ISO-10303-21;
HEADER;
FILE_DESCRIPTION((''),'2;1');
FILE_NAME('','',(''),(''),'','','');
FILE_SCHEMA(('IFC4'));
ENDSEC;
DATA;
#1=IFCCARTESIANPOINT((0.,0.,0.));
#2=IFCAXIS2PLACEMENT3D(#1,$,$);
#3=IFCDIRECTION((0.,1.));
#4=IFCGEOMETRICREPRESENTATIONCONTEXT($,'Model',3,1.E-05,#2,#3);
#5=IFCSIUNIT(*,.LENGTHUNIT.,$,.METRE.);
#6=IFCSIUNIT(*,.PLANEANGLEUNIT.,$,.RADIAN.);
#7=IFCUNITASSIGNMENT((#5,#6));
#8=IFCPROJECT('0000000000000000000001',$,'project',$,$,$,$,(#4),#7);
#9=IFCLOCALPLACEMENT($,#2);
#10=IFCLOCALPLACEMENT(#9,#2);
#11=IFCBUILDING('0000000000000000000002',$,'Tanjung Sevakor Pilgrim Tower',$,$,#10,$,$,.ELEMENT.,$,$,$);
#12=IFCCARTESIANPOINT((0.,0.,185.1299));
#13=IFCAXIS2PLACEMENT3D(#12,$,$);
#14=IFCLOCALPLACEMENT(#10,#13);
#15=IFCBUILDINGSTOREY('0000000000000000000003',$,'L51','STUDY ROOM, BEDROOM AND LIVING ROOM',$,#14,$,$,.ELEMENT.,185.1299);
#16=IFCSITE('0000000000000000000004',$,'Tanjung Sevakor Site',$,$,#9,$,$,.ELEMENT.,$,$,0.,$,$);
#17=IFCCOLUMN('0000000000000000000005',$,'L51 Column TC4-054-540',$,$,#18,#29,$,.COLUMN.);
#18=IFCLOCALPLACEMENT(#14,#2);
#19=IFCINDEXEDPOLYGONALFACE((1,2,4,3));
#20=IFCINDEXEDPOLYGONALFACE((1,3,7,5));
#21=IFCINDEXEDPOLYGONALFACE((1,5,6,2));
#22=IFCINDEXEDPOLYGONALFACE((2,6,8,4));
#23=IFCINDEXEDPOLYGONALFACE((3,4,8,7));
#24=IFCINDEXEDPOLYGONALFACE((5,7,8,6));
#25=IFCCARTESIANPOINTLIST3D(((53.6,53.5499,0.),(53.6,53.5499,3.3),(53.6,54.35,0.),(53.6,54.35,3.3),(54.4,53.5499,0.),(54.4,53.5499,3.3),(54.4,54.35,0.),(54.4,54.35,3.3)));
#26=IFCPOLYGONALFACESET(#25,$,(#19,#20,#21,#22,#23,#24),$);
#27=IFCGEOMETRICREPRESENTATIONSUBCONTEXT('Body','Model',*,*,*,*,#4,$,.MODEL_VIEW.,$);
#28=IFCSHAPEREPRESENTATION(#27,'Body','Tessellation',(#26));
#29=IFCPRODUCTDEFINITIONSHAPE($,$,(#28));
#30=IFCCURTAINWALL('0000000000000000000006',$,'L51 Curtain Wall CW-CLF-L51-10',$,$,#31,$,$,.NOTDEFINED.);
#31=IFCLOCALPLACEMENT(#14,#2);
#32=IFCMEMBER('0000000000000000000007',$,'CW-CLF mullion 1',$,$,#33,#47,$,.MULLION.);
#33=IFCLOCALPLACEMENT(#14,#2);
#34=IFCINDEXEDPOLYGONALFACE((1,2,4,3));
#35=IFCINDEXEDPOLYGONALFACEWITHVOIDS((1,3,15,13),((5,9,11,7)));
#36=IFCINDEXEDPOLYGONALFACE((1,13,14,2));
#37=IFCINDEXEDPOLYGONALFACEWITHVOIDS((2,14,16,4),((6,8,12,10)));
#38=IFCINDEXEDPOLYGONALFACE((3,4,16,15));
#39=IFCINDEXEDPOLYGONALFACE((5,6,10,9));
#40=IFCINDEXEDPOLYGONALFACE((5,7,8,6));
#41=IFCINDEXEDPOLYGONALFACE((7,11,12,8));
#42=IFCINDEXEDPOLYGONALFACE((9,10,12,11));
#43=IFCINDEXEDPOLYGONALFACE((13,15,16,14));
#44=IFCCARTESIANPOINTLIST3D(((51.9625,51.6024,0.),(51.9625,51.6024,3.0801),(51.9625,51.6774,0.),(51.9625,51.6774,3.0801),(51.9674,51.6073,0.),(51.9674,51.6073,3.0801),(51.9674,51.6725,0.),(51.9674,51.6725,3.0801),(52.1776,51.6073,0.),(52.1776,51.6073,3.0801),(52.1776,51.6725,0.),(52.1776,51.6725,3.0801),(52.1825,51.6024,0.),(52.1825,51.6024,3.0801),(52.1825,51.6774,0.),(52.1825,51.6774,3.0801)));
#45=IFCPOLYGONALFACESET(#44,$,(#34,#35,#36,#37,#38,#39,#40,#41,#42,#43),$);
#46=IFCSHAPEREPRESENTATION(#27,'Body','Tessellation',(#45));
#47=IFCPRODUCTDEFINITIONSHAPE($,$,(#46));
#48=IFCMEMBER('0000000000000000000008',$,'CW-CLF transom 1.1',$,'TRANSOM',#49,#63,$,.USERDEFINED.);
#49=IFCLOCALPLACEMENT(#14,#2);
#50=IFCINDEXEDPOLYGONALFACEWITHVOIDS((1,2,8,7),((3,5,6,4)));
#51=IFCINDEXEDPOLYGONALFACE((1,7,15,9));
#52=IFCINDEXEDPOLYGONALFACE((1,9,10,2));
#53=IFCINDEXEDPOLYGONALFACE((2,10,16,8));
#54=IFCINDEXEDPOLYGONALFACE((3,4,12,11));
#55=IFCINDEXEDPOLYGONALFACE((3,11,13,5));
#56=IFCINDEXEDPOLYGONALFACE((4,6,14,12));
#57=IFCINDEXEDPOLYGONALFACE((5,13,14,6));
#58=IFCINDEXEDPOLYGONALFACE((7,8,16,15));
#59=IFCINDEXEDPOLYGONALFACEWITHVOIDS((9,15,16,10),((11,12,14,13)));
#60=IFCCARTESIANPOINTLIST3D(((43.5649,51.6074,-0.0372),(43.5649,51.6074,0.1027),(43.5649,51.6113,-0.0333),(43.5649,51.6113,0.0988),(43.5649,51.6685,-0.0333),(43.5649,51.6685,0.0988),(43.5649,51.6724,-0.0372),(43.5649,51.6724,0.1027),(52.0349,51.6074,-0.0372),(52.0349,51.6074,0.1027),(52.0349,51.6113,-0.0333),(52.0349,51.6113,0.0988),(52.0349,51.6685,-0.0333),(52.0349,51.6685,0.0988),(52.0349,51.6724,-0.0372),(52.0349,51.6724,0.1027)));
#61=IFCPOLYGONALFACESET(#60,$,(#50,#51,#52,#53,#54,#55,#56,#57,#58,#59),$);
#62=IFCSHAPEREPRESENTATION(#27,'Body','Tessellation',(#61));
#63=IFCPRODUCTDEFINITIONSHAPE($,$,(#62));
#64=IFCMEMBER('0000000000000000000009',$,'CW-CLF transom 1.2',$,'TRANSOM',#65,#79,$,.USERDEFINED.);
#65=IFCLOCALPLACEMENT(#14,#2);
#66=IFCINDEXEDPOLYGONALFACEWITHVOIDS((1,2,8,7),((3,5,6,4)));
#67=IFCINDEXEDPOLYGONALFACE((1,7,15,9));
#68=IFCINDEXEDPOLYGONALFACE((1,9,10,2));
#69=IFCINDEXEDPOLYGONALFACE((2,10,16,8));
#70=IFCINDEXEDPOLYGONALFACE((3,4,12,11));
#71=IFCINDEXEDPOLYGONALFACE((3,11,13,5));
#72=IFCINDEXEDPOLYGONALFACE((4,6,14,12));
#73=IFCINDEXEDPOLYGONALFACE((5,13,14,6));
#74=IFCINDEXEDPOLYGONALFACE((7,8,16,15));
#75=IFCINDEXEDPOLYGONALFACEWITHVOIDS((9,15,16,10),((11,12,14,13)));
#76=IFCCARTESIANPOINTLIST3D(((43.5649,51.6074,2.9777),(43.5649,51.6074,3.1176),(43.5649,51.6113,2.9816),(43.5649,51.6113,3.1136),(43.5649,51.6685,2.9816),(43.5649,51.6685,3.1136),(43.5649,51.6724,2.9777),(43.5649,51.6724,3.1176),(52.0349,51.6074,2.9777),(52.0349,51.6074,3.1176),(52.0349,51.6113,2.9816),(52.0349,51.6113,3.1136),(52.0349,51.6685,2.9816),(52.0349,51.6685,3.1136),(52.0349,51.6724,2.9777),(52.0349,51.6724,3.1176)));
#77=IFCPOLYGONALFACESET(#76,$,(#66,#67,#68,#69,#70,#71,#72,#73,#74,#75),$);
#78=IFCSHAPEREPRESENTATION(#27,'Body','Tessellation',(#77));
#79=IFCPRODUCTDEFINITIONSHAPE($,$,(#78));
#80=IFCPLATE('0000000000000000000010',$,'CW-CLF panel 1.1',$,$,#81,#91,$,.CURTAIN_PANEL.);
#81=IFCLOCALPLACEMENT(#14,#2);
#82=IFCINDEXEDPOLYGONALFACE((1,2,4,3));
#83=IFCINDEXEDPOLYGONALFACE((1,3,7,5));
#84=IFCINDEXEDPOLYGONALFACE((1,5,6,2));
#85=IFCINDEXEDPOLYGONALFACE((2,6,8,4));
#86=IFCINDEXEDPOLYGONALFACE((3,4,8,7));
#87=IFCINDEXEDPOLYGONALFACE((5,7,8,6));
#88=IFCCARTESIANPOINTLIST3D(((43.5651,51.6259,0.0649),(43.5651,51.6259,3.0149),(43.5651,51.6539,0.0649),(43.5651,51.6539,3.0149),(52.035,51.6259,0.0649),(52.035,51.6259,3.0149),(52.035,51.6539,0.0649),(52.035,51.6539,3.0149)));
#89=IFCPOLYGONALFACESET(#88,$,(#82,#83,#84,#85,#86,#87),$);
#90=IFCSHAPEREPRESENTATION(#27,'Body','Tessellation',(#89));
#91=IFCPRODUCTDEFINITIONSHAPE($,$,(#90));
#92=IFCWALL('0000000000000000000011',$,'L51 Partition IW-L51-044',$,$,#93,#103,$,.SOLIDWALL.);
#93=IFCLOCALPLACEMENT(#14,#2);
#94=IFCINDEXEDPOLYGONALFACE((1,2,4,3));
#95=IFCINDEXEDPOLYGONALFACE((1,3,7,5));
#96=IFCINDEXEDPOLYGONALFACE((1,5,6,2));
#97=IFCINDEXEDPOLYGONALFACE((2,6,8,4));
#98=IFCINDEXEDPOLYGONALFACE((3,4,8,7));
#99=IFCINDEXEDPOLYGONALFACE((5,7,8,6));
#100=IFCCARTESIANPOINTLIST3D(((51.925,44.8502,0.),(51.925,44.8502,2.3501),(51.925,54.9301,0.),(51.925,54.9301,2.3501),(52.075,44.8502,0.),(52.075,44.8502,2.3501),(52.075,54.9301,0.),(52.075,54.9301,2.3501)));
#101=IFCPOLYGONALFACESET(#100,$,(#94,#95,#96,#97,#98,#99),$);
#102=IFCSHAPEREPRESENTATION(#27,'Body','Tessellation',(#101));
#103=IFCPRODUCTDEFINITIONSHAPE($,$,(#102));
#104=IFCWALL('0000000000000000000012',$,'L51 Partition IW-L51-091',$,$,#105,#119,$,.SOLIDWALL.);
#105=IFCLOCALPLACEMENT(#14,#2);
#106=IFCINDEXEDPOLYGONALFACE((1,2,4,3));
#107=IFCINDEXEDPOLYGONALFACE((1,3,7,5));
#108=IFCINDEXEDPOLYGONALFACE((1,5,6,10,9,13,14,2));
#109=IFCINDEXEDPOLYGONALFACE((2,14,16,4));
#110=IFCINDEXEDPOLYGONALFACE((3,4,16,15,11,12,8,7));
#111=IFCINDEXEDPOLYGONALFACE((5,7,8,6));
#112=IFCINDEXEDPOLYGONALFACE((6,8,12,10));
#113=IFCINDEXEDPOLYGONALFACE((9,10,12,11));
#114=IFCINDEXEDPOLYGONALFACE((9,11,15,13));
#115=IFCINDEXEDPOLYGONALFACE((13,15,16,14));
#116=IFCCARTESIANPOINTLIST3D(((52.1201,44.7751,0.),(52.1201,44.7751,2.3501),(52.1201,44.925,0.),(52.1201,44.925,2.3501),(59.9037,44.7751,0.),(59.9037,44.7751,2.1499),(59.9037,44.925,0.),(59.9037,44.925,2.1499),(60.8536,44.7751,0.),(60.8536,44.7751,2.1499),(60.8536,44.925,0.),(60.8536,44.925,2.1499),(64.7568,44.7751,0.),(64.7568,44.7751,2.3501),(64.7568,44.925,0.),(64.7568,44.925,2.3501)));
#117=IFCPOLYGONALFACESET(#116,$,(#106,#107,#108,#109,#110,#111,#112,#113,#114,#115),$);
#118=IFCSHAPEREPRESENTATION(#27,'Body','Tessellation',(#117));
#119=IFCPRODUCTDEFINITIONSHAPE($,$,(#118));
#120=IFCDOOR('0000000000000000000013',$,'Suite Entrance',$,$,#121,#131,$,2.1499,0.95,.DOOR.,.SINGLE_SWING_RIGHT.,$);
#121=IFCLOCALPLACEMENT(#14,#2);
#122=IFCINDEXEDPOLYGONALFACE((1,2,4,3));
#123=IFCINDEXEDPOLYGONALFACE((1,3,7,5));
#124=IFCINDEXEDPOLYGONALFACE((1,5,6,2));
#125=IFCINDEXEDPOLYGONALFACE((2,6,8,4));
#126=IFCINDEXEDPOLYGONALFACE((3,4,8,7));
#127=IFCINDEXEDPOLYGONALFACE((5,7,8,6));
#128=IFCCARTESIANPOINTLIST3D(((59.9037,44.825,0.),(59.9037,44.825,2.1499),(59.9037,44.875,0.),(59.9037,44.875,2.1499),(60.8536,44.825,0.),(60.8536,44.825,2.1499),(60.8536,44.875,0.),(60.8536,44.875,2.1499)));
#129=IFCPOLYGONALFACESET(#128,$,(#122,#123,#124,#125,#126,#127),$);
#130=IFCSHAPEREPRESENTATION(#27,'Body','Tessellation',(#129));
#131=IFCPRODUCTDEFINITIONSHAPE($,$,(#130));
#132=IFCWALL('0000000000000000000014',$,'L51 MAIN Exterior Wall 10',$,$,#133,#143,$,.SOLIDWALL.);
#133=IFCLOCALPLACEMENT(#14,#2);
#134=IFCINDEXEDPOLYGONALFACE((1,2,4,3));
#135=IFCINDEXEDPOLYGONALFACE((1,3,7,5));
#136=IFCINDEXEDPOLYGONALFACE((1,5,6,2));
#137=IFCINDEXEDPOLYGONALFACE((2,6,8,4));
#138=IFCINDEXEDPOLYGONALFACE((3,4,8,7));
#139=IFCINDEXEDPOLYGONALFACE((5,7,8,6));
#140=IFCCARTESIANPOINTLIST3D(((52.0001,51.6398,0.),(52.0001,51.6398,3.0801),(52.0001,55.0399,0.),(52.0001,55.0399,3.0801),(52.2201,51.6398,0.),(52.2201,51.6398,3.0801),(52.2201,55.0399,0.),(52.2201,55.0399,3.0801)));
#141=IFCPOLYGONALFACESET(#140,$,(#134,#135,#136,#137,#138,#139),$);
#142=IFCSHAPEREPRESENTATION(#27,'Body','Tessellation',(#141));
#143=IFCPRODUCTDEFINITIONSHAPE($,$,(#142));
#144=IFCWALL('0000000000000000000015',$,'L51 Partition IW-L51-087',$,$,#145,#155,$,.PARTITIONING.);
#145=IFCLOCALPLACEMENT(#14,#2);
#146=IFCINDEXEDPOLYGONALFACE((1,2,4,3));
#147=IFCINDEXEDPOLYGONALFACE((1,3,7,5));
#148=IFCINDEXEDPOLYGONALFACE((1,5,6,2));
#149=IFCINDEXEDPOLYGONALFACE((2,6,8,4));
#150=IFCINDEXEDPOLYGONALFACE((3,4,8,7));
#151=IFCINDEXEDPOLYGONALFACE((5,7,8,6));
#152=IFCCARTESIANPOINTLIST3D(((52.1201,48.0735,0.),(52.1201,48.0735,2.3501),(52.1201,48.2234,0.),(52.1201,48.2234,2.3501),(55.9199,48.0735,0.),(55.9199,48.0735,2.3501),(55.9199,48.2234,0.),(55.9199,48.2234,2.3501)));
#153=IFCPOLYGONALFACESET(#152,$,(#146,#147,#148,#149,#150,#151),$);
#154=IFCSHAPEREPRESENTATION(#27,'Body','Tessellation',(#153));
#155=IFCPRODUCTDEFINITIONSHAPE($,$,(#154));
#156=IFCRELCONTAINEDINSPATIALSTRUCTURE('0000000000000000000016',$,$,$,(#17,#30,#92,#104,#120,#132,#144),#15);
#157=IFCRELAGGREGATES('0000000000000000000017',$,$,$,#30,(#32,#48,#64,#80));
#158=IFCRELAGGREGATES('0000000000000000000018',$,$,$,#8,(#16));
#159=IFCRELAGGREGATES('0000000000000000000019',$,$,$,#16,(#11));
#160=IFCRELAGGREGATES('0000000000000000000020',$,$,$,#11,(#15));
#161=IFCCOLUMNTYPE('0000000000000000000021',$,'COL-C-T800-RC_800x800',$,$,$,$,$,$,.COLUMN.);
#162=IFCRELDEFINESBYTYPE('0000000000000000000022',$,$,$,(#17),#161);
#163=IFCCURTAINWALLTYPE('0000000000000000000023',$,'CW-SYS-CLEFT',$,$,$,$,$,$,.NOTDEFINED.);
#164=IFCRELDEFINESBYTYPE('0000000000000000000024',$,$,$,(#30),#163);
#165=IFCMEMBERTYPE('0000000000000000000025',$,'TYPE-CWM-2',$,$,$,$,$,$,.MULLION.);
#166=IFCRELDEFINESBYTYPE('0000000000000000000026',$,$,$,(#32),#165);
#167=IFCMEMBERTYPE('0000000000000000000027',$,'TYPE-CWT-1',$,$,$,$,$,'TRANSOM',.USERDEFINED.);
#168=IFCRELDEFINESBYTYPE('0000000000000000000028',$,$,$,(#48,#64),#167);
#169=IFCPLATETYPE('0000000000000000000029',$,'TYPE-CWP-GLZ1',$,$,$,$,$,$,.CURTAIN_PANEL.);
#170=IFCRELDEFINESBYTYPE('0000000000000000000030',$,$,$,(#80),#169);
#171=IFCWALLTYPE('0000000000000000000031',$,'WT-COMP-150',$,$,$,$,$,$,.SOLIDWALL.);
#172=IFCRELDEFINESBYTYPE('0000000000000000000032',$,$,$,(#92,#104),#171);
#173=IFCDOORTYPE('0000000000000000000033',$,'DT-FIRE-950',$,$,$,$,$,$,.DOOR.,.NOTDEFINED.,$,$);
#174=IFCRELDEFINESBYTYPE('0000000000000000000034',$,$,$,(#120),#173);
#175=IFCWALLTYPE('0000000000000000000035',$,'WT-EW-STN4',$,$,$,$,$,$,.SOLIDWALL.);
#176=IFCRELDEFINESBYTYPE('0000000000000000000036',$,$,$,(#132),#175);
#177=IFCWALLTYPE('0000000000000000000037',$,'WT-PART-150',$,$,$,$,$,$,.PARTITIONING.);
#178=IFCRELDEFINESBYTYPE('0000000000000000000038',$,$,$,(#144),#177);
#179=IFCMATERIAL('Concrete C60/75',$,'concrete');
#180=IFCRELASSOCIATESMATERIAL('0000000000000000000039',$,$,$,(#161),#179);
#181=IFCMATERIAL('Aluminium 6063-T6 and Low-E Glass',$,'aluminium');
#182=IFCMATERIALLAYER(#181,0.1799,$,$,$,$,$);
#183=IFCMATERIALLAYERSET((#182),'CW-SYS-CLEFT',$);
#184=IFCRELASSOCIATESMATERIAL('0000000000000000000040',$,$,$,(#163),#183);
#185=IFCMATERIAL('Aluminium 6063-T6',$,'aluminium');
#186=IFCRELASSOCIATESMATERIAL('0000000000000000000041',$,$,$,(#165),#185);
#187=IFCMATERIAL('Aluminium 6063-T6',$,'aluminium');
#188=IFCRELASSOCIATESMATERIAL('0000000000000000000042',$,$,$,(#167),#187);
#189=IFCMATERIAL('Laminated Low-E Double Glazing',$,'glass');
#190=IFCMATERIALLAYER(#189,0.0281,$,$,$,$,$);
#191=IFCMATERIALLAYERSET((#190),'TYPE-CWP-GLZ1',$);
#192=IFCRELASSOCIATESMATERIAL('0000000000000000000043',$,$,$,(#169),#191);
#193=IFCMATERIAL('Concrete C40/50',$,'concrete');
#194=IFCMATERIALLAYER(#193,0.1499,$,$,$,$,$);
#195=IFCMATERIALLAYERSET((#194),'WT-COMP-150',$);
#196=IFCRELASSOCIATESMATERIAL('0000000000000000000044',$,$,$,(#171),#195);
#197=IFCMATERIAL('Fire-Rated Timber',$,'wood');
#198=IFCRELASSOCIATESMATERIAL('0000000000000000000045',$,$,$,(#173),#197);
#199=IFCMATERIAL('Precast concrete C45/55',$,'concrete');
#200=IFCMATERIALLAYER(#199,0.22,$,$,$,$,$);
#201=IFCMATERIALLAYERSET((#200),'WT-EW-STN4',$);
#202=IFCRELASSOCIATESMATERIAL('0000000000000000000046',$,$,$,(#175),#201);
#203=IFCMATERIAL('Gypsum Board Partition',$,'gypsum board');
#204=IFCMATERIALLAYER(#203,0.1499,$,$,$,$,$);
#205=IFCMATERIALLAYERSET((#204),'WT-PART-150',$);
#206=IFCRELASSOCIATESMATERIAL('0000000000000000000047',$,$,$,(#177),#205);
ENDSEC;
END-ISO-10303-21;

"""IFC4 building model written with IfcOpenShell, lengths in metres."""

from ifc_helpers import new_model, si_unit, direction, frame, frame_2d, origin, origin_2d, place, context, subcontext, project, spatial, rectangle, hollow_rectangle, extrude, material, layer, layer_set, material_profile, profile_set, type_object, element, fill, aggregate, save


model = new_model("IFC4")

# Units and contexts
model_context = context("Model", 3, precision=1e-05, world=origin(), true_north=direction((0.0, 1.0)))
body_context = subcontext(model_context, "Body", "Model", "MODEL_VIEW")
ifc_project = project(units=[si_unit("LENGTHUNIT", "METRE"), si_unit("PLANEANGLEUNIT", "RADIAN")], contexts=[model_context])

# Site, building, storey
site_placement = place(None, origin())
site = spatial("IfcSite", under=ifc_project, at=site_placement, Name="Tanjung Sevakor Site", CompositionType="ELEMENT", RefElevation=0.0)
building_placement = place(site_placement, origin())
building = spatial("IfcBuilding", under=site, at=building_placement, Name="Tanjung Sevakor Pilgrim Tower", CompositionType="ELEMENT")
storey_placement = place(building_placement, frame((0.0, 0.0, 185.1299)))
storey = spatial("IfcBuildingStorey", under=building, at=storey_placement, Name="L51", Description="STUDY ROOM, BEDROOM AND LIVING ROOM", CompositionType="ELEMENT", Elevation=185.1299)

# Column
ifc_material_1 = material(Name="Concrete C60/75", Category="concrete")
ifc_material_profile_1 = material_profile(ifc_material_1, rectangle(XDim=0.8, YDim=0.8, at=origin_2d()))
ifc_profile_set_1 = profile_set([ifc_material_profile_1], Name="Concrete C60/75")
column_type = type_object("IfcColumnType", Name="COL-C-T800-RC_800x800", PredefinedType="COLUMN", material=ifc_profile_set_1)
column_placement = place(storey_placement, frame((54.0, 53.95, 0.0), z_axis=(0.0, 0.0, 1.0), x_axis=(1.0, 0.0, 0.0)))
element("IfcColumn", 1, at=column_placement, inside=storey, type_object=column_type, Name="L51 Column TC4-054-540", PredefinedType="COLUMN", context=body_context, shape_type="SweptSolid", body=[
    extrude(rectangle(XDim=0.8, YDim=0.8, at=origin_2d()), origin(), (0.0, 0.0, 1.0), 3.3),
])

# Curtain wall, members, plate
ifc_material_2 = material(Name="Aluminium 6063-T6 and Low-E Glass", Category="aluminium")
ifc_layer_1 = layer(ifc_material_2, 0.1799)
ifc_layer_set_1 = layer_set([ifc_layer_1], Name="CW-SYS-CLEFT")
curtain_wall_type = type_object("IfcCurtainWallType", Name="CW-SYS-CLEFT", PredefinedType="NOTDEFINED", material=ifc_layer_set_1)
curtain_wall_placement = place(storey_placement, origin())
curtain_wall = element("IfcCurtainWall", 2, at=curtain_wall_placement, inside=storey, type_object=curtain_wall_type, Name="L51 Curtain Wall CW-CLF-L51-10", PredefinedType="NOTDEFINED")
ifc_material_3 = material(Name="Aluminium 6063-T6", Category="aluminium")
ifc_material_profile_2 = material_profile(ifc_material_3, hollow_rectangle(XDim=0.075, YDim=0.22, WallThickness=0.0049, at=origin_2d()))
ifc_profile_set_2 = profile_set([ifc_material_profile_2], Name="Aluminium 6063-T6")
member_type_1 = type_object("IfcMemberType", Name="TYPE-CWM-2", PredefinedType="MULLION", material=ifc_profile_set_2)
member_1_placement = place(storey_placement, frame((52.0725, 51.6399, 0.0), z_axis=(0.0, 0.0, 1.0), x_axis=(0.0, -1.0, 0.0)))
member_1 = element("IfcMember", 3, at=member_1_placement, type_object=member_type_1, Name="CW-CLF mullion 1", PredefinedType="MULLION", context=body_context, shape_type="SweptSolid", body=[
    extrude(hollow_rectangle(XDim=0.075, YDim=0.22, WallThickness=0.0049, at=origin_2d()), origin(), (0.0, 0.0, 1.0), 3.0801),
])
ifc_material_4 = material(Name="Aluminium 6063-T6", Category="aluminium")
ifc_material_profile_3 = material_profile(ifc_material_4, hollow_rectangle(XDim=0.0649, YDim=0.1399, WallThickness=0.0039, at=origin_2d()))
ifc_profile_set_3 = profile_set([ifc_material_profile_3], Name="Aluminium 6063-T6")
member_type_2 = type_object("IfcMemberType", Name="TYPE-CWT-1", ElementType="TRANSOM", PredefinedType="USERDEFINED", material=ifc_profile_set_3)
member_2_placement = place(storey_placement, frame((52.0349, 51.6399, 0.0327), z_axis=(-1.0, 0.0, 0.0), x_axis=(0.0, -1.0, 0.0)))
member_2 = element("IfcMember", 4, at=member_2_placement, type_object=member_type_2, Name="CW-CLF transom 1.1", ObjectType="TRANSOM", PredefinedType="USERDEFINED", context=body_context, shape_type="SweptSolid", body=[
    extrude(hollow_rectangle(XDim=0.0649, YDim=0.1399, WallThickness=0.0039, at=origin_2d()), origin(), (0.0, 0.0, 1.0), 8.47),
])
member_3_placement = place(storey_placement, frame((52.0349, 51.6399, 3.0476), z_axis=(-1.0, 0.0, 0.0), x_axis=(0.0, -1.0, 0.0)))
member_3 = element("IfcMember", 5, at=member_3_placement, type_object=member_type_2, Name="CW-CLF transom 1.2", ObjectType="TRANSOM", PredefinedType="USERDEFINED", context=body_context, shape_type="SweptSolid", body=[
    extrude(hollow_rectangle(XDim=0.0649, YDim=0.1399, WallThickness=0.0039, at=origin_2d()), origin(), (0.0, 0.0, 1.0), 8.47),
])
ifc_material_5 = material(Name="Laminated Low-E Double Glazing", Category="glass")
ifc_layer_2 = layer(ifc_material_5, 0.0281)
ifc_layer_set_2 = layer_set([ifc_layer_2], Name="TYPE-CWP-GLZ1")
plate_type = type_object("IfcPlateType", Name="TYPE-CWP-GLZ1", PredefinedType="CURTAIN_PANEL", material=ifc_layer_set_2)
plate_placement = place(storey_placement, frame((47.8, 51.6399, 0.0649), z_axis=(0.0, 0.0, 1.0), x_axis=(-1.0, 0.0, 0.0)))
plate = element("IfcPlate", 6, at=plate_placement, type_object=plate_type, Name="CW-CLF panel 1.1", PredefinedType="CURTAIN_PANEL", context=body_context, shape_type="SweptSolid", body=[
    extrude(rectangle(XDim=8.47, YDim=0.0281, at=origin_2d()), origin(), (0.0, 0.0, 1.0), 2.95),
])
aggregate(curtain_wall, [member_1, member_2, member_3, plate])

# Wall
ifc_material_6 = material(Name="Concrete C40/50", Category="concrete")
ifc_layer_3 = layer(ifc_material_6, 0.1499)
ifc_layer_set_3 = layer_set([ifc_layer_3], Name="WT-COMP-150")
wall_type_1 = type_object("IfcWallType", Name="WT-COMP-150", PredefinedType="SOLIDWALL", material=ifc_layer_set_3)
wall_1_placement = place(storey_placement, frame((52.0, 44.8501, 0.0), z_axis=(0.0, 0.0, 1.0), x_axis=(0.0, 1.0, 0.0)))
element("IfcWall", 7, at=wall_1_placement, inside=storey, type_object=wall_type_1, Name="L51 Partition IW-L51-044", PredefinedType="SOLIDWALL", context=body_context, shape_type="SweptSolid", body=[
    extrude(rectangle(XDim=10.0798, YDim=0.1499, at=frame_2d((5.04, 0.0))), origin(), (0.0, 0.0, 1.0), 2.3501),
])

# Wall, opening, door
wall_2_placement = place(storey_placement, frame((52.1201, 44.8501, 0.0), z_axis=(0.0, 0.0, 1.0), x_axis=(1.0, 0.0, 0.0)))
wall_2 = element("IfcWall", 8, at=wall_2_placement, inside=storey, type_object=wall_type_1, Name="L51 Partition IW-L51-091", PredefinedType="SOLIDWALL", context=body_context, shape_type="SweptSolid", body=[
    extrude(rectangle(XDim=12.6367, YDim=0.1499, at=frame_2d((6.3184, 0.0))), origin(), (0.0, 0.0, 1.0), 2.3501),
])
opening_1_placement = place(wall_2_placement, frame((7.7834, 0.0, 0.0)))
opening_1 = element("IfcOpeningElement", 9, at=opening_1_placement, cuts=wall_2, PredefinedType="OPENING", context=body_context, shape_type="SweptSolid", body=[
    extrude(rectangle(XDim=0.95, YDim=2.1499, at=frame_2d((0.4751, 1.075))), frame((0.0, 0.085, 0.0), z_axis=(0.0, -1.0, 0.0), x_axis=(1.0, 0.0, 0.0)), (0.0, 0.0, 1.0), 0.1699),
])
ifc_material_7 = material(Name="Fire-Rated Timber", Category="wood")
door_type_1 = type_object("IfcDoorType", Name="DT-FIRE-950", OperationType="NOTDEFINED", PredefinedType="DOOR", material=ifc_material_7)
door_1_placement = place(opening_1_placement, origin())
door_1 = element("IfcDoor", 10, at=door_1_placement, inside=storey, type_object=door_type_1, Name="Suite Entrance", OperationType="SINGLE_SWING_RIGHT", OverallHeight=2.1499, OverallWidth=0.95, PredefinedType="DOOR", context=body_context, shape_type="SweptSolid", body=[
    extrude(rectangle(XDim=0.95, YDim=2.1499, at=frame_2d((0.4751, 1.075))), frame((0.0, 0.0249, 0.0), z_axis=(0.0, -1.0, 0.0), x_axis=(1.0, 0.0, 0.0)), (0.0, 0.0, 1.0), 0.05),
])
fill(opening_1, door_1)

# Walls
ifc_material_8 = material(Name="Precast concrete C45/55", Category="concrete")
ifc_layer_4 = layer(ifc_material_8, 0.22)
ifc_layer_set_4 = layer_set([ifc_layer_4], Name="WT-EW-STN4")
wall_type_2 = type_object("IfcWallType", Name="WT-EW-STN4", PredefinedType="SOLIDWALL", material=ifc_layer_set_4)
wall_3_placement = place(storey_placement, frame((52.1101, 55.04, 0.0), z_axis=(0.0, 0.0, 1.0), x_axis=(0.0, -1.0, 0.0)))
element("IfcWall", 11, at=wall_3_placement, inside=storey, type_object=wall_type_2, Name="L51 MAIN Exterior Wall 10", PredefinedType="SOLIDWALL", context=body_context, shape_type="SweptSolid", body=[
    extrude(rectangle(XDim=3.4001, YDim=0.22, at=frame_2d((1.7002, 0.0))), origin(), (0.0, 0.0, 1.0), 3.0801),
])
ifc_material_9 = material(Name="Gypsum Board Partition", Category="gypsum board")
ifc_layer_5 = layer(ifc_material_9, 0.1499)
ifc_layer_set_5 = layer_set([ifc_layer_5], Name="WT-PART-150")
wall_type_3 = type_object("IfcWallType", Name="WT-PART-150", PredefinedType="PARTITIONING", material=ifc_layer_set_5)
wall_4_placement = place(storey_placement, frame((52.1201, 48.1484, 0.0), z_axis=(0.0, 0.0, 1.0), x_axis=(1.0, 0.0, 0.0)))
element("IfcWall", 12, at=wall_4_placement, inside=storey, type_object=wall_type_3, Name="L51 Partition IW-L51-087", PredefinedType="PARTITIONING", context=body_context, shape_type="SweptSolid", body=[
    extrude(rectangle(XDim=3.7998, YDim=0.1499, at=frame_2d((1.8999, 0.0))), origin(), (0.0, 0.0, 1.0), 2.3501),
])

save(model, "model.ifc")
